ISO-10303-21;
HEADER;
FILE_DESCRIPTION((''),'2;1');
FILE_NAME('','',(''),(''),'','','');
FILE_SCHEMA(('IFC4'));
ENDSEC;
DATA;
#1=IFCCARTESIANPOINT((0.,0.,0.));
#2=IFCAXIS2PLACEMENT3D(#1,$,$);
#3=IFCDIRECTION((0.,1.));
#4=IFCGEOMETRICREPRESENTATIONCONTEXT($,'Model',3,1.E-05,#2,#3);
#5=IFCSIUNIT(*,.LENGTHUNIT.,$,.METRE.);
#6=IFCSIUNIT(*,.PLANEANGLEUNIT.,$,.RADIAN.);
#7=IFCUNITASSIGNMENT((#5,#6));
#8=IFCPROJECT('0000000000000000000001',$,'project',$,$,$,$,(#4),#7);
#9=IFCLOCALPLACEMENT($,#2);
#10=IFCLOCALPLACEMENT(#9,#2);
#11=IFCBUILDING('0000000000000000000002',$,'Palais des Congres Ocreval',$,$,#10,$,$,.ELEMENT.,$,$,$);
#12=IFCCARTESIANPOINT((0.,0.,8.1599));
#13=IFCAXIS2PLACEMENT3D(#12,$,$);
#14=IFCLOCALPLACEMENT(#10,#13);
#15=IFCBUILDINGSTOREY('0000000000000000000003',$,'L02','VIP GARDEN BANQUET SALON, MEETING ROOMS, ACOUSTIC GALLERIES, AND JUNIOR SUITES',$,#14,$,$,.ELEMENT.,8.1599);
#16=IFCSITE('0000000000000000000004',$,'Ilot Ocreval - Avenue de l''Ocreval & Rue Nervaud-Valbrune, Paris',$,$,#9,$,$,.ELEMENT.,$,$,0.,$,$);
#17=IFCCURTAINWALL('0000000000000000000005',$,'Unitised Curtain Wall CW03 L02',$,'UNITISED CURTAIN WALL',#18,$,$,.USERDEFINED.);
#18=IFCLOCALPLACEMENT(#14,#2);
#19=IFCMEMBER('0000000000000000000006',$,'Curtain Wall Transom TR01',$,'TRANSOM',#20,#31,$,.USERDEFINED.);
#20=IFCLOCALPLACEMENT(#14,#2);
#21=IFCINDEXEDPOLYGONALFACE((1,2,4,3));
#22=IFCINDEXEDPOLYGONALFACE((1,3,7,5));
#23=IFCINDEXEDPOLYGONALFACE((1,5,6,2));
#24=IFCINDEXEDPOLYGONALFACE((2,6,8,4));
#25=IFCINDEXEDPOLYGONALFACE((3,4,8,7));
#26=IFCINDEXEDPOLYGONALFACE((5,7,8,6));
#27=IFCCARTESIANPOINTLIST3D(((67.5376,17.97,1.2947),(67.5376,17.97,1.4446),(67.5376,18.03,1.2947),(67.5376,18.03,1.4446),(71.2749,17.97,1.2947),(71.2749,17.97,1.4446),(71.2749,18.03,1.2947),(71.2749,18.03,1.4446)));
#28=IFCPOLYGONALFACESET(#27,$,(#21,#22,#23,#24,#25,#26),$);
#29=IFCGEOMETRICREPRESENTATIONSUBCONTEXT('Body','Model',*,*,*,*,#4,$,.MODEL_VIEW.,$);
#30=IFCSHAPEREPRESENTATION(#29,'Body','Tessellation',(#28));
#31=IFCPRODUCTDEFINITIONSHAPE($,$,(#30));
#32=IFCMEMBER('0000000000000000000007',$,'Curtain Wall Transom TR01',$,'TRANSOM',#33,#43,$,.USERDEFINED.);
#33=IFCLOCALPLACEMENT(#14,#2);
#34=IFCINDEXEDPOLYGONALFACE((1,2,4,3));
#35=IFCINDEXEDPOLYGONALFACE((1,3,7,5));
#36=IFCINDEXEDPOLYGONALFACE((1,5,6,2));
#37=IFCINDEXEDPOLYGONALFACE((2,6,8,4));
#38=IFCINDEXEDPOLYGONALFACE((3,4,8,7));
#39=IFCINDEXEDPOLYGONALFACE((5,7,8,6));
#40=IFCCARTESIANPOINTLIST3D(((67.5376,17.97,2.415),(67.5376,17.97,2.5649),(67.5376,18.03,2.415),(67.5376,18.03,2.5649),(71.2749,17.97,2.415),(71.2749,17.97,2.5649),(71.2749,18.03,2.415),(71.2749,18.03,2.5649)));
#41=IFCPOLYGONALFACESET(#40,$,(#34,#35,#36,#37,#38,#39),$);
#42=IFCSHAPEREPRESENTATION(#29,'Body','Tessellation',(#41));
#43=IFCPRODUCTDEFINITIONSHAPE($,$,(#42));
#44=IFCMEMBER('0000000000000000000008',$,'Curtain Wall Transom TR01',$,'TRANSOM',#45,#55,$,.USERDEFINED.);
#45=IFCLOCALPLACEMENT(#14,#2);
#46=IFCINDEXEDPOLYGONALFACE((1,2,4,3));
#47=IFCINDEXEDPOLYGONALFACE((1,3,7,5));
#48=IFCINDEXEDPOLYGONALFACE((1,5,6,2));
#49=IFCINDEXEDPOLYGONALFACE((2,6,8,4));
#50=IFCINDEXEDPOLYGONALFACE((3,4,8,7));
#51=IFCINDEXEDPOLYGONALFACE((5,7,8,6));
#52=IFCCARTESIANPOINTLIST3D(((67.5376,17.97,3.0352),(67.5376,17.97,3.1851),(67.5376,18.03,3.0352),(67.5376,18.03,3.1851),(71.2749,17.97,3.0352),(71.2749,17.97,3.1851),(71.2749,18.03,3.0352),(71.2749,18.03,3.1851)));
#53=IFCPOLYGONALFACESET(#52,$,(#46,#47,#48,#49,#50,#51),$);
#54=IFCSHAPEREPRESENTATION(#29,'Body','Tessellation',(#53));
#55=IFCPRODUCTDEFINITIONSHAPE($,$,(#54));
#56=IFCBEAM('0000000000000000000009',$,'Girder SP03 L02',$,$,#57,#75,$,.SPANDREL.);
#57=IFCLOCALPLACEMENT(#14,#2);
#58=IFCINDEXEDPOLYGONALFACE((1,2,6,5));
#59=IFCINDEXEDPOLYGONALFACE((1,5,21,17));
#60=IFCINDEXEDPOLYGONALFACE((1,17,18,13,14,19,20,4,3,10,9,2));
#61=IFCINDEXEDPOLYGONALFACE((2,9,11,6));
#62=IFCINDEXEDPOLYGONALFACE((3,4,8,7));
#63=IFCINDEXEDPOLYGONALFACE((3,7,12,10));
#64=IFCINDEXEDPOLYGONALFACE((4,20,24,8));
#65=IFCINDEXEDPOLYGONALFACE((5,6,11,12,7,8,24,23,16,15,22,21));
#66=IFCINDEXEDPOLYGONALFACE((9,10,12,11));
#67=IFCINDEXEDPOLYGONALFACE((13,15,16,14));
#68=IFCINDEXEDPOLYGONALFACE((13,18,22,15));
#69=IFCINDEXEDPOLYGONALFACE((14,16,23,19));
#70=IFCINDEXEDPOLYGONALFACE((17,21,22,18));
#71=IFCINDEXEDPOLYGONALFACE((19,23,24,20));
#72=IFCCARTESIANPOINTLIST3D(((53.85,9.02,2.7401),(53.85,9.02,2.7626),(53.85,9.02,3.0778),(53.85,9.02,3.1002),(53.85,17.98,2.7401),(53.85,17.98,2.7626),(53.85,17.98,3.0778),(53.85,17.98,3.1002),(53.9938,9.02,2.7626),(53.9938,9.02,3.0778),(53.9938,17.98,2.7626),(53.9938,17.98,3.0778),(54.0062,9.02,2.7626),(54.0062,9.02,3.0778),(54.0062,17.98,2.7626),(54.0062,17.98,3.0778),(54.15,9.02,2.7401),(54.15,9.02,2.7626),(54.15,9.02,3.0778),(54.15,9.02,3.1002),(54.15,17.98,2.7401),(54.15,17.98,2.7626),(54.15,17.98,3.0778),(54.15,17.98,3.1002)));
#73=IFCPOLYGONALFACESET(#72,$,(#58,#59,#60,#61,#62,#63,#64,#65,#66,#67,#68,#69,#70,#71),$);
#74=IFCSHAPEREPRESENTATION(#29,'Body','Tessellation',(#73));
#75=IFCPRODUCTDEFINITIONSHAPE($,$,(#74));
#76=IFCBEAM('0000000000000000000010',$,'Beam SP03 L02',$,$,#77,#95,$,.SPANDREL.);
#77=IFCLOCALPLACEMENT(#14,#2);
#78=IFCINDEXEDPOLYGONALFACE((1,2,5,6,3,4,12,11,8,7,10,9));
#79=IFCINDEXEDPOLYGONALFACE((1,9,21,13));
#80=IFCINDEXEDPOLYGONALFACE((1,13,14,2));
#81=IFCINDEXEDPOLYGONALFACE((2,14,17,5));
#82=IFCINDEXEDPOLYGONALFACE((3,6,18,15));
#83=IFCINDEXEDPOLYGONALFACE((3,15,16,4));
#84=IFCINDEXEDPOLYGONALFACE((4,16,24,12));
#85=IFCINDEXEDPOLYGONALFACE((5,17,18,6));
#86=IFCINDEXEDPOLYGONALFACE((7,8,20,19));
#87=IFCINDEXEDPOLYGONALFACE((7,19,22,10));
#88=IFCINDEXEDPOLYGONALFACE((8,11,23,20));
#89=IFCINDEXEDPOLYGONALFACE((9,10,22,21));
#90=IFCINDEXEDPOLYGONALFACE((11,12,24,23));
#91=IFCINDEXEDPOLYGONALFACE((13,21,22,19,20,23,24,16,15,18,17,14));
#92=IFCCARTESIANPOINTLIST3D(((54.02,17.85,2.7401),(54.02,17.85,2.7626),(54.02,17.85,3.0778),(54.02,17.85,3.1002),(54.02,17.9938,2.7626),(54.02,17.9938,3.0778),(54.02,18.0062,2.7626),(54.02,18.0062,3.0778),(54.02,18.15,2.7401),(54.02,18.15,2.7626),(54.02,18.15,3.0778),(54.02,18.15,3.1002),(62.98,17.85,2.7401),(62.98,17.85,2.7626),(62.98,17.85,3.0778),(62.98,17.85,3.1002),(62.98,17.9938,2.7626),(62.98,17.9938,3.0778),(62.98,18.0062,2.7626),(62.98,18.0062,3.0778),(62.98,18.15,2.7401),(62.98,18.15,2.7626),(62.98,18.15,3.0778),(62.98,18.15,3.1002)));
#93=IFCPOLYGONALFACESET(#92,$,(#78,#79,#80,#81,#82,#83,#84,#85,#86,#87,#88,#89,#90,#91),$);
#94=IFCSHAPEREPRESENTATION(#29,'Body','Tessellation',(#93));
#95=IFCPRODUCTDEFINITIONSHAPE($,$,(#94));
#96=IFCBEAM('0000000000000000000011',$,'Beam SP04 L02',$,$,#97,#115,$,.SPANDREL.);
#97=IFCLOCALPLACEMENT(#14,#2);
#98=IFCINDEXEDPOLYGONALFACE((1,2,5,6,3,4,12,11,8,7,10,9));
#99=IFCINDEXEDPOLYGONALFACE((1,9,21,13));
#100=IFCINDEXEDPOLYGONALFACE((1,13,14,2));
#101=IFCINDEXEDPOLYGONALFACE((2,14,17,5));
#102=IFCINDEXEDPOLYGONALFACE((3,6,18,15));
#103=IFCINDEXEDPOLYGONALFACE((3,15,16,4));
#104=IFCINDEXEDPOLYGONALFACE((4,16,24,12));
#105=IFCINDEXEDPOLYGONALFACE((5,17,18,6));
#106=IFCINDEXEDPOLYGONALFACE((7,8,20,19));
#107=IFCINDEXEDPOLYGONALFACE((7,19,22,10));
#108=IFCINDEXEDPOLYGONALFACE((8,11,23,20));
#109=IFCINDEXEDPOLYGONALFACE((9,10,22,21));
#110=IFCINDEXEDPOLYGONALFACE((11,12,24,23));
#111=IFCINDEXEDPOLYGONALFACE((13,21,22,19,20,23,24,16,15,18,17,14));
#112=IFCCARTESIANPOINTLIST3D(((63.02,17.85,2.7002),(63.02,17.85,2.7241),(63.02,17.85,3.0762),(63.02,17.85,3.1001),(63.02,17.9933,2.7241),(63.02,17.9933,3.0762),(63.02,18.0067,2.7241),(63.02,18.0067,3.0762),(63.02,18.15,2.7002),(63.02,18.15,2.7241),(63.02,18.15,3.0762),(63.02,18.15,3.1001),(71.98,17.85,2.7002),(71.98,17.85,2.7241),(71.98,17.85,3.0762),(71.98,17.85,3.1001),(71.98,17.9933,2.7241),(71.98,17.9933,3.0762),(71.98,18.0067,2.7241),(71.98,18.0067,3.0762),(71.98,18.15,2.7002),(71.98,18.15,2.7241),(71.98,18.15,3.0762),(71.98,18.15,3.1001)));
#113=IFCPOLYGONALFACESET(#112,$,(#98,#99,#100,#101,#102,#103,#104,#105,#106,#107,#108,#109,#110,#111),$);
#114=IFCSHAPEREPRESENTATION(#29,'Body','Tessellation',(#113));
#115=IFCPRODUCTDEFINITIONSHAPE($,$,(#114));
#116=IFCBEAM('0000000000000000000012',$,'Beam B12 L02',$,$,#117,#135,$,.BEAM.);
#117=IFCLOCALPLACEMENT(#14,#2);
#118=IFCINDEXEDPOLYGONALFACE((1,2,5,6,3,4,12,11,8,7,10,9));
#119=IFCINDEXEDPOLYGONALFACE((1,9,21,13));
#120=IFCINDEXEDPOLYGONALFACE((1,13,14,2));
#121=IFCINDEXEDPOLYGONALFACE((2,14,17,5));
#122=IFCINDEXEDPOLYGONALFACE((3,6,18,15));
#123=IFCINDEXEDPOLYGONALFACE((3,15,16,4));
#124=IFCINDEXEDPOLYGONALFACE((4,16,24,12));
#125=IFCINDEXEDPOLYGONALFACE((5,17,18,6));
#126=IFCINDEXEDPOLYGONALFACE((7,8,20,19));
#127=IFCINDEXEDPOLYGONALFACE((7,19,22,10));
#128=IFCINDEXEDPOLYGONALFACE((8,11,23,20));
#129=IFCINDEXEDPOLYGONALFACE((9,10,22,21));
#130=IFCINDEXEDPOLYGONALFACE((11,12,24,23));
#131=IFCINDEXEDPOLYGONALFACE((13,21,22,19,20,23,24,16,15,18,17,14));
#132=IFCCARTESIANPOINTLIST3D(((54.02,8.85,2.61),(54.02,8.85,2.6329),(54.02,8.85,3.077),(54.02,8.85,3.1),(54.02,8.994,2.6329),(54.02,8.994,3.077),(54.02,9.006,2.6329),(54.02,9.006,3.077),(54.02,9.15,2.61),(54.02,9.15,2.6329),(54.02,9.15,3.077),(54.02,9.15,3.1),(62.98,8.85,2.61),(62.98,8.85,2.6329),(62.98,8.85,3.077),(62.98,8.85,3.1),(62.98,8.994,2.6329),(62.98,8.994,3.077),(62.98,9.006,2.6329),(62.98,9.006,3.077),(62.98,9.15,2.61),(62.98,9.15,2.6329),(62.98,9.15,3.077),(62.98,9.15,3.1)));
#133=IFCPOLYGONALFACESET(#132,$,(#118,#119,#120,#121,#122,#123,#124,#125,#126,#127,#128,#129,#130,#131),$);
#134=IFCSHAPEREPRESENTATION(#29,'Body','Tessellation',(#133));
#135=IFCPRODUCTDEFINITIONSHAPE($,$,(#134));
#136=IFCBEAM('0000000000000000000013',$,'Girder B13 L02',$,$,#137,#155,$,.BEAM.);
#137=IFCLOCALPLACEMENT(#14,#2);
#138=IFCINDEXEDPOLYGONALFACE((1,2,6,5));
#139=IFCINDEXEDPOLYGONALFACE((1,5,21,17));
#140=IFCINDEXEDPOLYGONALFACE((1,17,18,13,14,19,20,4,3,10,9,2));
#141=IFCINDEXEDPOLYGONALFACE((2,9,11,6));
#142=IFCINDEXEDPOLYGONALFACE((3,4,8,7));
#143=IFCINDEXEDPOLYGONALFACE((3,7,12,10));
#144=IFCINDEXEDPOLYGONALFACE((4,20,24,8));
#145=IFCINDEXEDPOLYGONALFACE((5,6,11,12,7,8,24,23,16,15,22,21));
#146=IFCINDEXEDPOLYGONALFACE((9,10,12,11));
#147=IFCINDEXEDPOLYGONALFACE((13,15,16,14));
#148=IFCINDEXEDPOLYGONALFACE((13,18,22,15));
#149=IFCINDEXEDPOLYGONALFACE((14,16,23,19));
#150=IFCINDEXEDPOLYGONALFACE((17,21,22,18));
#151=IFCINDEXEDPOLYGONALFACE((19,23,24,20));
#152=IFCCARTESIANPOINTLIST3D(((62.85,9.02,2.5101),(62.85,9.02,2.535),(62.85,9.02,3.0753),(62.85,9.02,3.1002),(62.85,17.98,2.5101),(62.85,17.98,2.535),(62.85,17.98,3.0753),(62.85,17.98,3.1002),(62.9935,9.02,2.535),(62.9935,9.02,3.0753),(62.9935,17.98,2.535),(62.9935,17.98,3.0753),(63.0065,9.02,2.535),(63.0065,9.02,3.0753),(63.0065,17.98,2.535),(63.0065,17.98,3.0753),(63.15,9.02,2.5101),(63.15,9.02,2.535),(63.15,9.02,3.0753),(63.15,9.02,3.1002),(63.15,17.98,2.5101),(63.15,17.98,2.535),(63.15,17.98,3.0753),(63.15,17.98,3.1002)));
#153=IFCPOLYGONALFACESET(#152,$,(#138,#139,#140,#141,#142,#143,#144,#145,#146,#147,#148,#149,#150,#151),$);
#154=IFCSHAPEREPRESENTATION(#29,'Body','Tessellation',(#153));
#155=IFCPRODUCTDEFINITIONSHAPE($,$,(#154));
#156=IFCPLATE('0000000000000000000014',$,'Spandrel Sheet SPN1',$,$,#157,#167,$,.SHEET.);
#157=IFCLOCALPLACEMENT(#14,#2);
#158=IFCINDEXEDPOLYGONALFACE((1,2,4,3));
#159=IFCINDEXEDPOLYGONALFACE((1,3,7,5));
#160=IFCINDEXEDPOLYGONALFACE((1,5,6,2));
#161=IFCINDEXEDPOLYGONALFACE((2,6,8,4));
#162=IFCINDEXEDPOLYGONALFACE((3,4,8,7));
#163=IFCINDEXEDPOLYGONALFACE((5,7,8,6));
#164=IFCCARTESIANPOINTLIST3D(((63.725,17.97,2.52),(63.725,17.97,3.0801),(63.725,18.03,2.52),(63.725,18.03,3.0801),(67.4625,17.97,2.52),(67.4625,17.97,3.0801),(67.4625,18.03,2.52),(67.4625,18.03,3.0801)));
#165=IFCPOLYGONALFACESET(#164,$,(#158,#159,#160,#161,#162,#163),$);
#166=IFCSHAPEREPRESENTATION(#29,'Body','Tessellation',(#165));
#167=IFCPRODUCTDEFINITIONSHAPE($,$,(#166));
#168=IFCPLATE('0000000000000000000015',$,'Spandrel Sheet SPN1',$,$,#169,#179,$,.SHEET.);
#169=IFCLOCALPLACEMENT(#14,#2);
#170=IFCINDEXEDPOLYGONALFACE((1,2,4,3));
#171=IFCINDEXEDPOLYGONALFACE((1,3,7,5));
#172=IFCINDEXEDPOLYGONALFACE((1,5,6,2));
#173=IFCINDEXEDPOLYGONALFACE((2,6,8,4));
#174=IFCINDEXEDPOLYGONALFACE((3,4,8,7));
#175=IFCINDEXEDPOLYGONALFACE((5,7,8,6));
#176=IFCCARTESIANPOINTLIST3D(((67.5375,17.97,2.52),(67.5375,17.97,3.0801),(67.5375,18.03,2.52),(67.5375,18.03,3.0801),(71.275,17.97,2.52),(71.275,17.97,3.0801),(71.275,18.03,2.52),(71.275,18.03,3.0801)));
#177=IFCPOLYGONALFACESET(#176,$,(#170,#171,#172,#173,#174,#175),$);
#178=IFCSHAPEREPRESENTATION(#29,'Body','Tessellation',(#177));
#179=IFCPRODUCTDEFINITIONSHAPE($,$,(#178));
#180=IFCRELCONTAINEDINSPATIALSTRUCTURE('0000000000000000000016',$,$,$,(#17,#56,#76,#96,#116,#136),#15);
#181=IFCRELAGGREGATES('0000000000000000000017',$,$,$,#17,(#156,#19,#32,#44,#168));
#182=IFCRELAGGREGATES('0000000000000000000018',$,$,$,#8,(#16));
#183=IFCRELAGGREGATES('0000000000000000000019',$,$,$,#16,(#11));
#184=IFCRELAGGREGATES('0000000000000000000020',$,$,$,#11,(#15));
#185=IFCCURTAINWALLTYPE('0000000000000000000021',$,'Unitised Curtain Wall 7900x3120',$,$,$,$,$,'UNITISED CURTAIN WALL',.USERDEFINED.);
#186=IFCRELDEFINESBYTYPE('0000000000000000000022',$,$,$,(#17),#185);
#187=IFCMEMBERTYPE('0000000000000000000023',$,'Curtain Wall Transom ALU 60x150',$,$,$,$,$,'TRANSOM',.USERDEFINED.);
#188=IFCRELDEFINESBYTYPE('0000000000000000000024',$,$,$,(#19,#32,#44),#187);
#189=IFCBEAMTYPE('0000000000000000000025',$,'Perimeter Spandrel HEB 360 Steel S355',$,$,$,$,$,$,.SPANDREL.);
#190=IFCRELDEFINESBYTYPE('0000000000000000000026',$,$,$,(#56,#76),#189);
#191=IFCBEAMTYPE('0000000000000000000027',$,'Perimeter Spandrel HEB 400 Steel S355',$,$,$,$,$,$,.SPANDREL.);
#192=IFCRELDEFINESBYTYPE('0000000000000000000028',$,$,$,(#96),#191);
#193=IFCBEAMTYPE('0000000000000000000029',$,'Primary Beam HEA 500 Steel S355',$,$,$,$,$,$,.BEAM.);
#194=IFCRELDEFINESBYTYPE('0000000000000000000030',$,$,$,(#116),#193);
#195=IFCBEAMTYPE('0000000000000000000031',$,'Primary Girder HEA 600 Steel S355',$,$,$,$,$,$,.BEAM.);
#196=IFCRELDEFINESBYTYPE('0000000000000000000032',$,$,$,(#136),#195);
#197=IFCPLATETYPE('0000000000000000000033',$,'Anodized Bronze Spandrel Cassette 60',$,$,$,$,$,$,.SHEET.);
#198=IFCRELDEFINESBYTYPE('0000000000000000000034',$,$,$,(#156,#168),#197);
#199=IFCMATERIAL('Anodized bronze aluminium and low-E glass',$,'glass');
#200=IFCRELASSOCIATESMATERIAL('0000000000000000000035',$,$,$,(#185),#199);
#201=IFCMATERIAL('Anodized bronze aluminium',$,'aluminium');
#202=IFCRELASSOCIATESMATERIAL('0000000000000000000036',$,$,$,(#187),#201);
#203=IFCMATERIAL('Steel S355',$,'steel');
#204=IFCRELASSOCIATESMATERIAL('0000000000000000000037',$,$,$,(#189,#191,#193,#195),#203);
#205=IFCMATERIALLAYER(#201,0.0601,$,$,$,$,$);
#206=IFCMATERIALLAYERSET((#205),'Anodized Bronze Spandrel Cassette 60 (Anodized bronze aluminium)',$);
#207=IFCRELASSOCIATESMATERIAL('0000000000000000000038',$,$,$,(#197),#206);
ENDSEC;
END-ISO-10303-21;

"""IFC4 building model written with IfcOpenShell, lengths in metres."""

from ifc_helpers import new_model, si_unit, direction, frame, origin, origin_2d, place, context, subcontext, project, spatial, rectangle, i_section, extrude, material, layer, layer_set, material_profile, profile_set, type_object, element, aggregate, save


model = new_model("IFC4")

# Units and contexts
model_context = context("Model", 3, precision=1e-05, world=origin(), true_north=direction((0.0, 1.0)))
body_context = subcontext(model_context, "Body", "Model", "MODEL_VIEW")
ifc_project = project(units=[si_unit("LENGTHUNIT", "METRE"), si_unit("PLANEANGLEUNIT", "RADIAN")], contexts=[model_context])

# Site, building, storey
site_placement = place(None, origin())
site = spatial("IfcSite", under=ifc_project, at=site_placement, Name="Ilot Ocreval - Avenue de l'Ocreval & Rue Nervaud-Valbrune, Paris", CompositionType="ELEMENT", RefElevation=0.0)
building_placement = place(site_placement, origin())
building = spatial("IfcBuilding", under=site, at=building_placement, Name="Palais des Congres Ocreval", CompositionType="ELEMENT")
storey_placement = place(building_placement, frame((0.0, 0.0, 8.1599)))
storey = spatial("IfcBuildingStorey", under=building, at=storey_placement, Name="L02", Description="VIP GARDEN BANQUET SALON, MEETING ROOMS, ACOUSTIC GALLERIES, AND JUNIOR SUITES", CompositionType="ELEMENT", Elevation=8.1599)

# Shared definitions
ifc_material_1 = material(Name="Steel S355", Category="steel")

# Curtain wall, members
ifc_material_2 = material(Name="Anodized bronze aluminium and low-E glass", Category="glass")
curtain_wall_type = type_object("IfcCurtainWallType", Name="Unitised Curtain Wall 7900x3120", ElementType="UNITISED CURTAIN WALL", PredefinedType="USERDEFINED", material=ifc_material_2)
curtain_wall_placement = place(storey_placement, origin())
curtain_wall = element("IfcCurtainWall", 1, at=curtain_wall_placement, inside=storey, type_object=curtain_wall_type, Name="Unitised Curtain Wall CW03 L02", ObjectType="UNITISED CURTAIN WALL", PredefinedType="USERDEFINED")
ifc_material_3 = material(Name="Anodized bronze aluminium", Category="aluminium")
ifc_material_profile_1 = material_profile(ifc_material_3, rectangle(XDim=0.0601, YDim=0.1499, at=origin_2d()), Name="ALU 60x150")
ifc_profile_set_1 = profile_set([ifc_material_profile_1], Name="Anodized bronze aluminium")
member_type_1 = type_object("IfcMemberType", Name="Curtain Wall Transom ALU 60x150", ElementType="TRANSOM", PredefinedType="USERDEFINED", material=ifc_profile_set_1)
member_1_placement = place(storey_placement, frame((67.5376, 18.0, 1.3696), z_axis=(1.0, 0.0, 0.0), x_axis=(0.0, 1.0, 0.0)))
member_1 = element("IfcMember", 2, at=member_1_placement, type_object=member_type_1, Name="Curtain Wall Transom TR01", ObjectType="TRANSOM", PredefinedType="USERDEFINED", context=body_context, shape_type="SweptSolid", body=[
    extrude(rectangle(XDim=0.0601, YDim=0.1499, at=origin_2d()), origin(), (0.0, 0.0, 1.0), 3.7373),
])
member_2_placement = place(storey_placement, frame((67.5376, 18.0, 2.49), z_axis=(1.0, 0.0, 0.0), x_axis=(0.0, 1.0, 0.0)))
member_2 = element("IfcMember", 3, at=member_2_placement, type_object=member_type_1, Name="Curtain Wall Transom TR01", ObjectType="TRANSOM", PredefinedType="USERDEFINED", context=body_context, shape_type="SweptSolid", body=[
    extrude(rectangle(XDim=0.0601, YDim=0.1499, at=origin_2d()), origin(), (0.0, 0.0, 1.0), 3.7373),
])
member_3_placement = place(storey_placement, frame((67.5376, 18.0, 3.1101), z_axis=(1.0, 0.0, 0.0), x_axis=(0.0, 1.0, 0.0)))
member_3 = element("IfcMember", 4, at=member_3_placement, type_object=member_type_1, Name="Curtain Wall Transom TR01", ObjectType="TRANSOM", PredefinedType="USERDEFINED", context=body_context, shape_type="SweptSolid", body=[
    extrude(rectangle(XDim=0.0601, YDim=0.1499, at=origin_2d()), origin(), (0.0, 0.0, 1.0), 3.7373),
])

# Beams
ifc_material_profile_2 = material_profile(ifc_material_1, i_section(OverallWidth=0.3, OverallDepth=0.3601, WebThickness=0.0125, FlangeThickness=0.0225, at=origin_2d()), Name="HEB 360")
ifc_profile_set_2 = profile_set([ifc_material_profile_2], Name="Steel S355")
beam_type_1 = type_object("IfcBeamType", Name="Perimeter Spandrel HEB 360 Steel S355", PredefinedType="SPANDREL", material=ifc_profile_set_2)
for number, where, z_axis, x_axis, name in (
    (5, (54.0, 9.02, 2.9202), (0.0, 1.0, 0.0), (-1.0, 0.0, 0.0), "Girder SP03 L02"),
    (6, (54.02, 18.0, 2.9202), (1.0, 0.0, 0.0), (0.0, 1.0, 0.0), "Beam SP03 L02"),
):
    element("IfcBeam", number, at=place(storey_placement, frame(where, z_axis=z_axis, x_axis=x_axis)), inside=storey, type_object=beam_type_1, Name=name, PredefinedType="SPANDREL", context=body_context, shape_type="SweptSolid", body=[
        extrude(i_section(OverallWidth=0.3, OverallDepth=0.3601, WebThickness=0.0125, FlangeThickness=0.0225, at=origin_2d()), origin(), (0.0, 0.0, 1.0), 8.96),
    ])
ifc_material_profile_3 = material_profile(ifc_material_1, i_section(OverallWidth=0.3, OverallDepth=0.3999, WebThickness=0.0134, FlangeThickness=0.0239, at=origin_2d()), Name="HEB 400")
ifc_profile_set_3 = profile_set([ifc_material_profile_3], Name="Steel S355")
beam_type_2 = type_object("IfcBeamType", Name="Perimeter Spandrel HEB 400 Steel S355", PredefinedType="SPANDREL", material=ifc_profile_set_3)
beam_1_placement = place(storey_placement, frame((63.02, 18.0, 2.9001), z_axis=(1.0, 0.0, 0.0), x_axis=(0.0, 1.0, 0.0)))
element("IfcBeam", 7, at=beam_1_placement, inside=storey, type_object=beam_type_2, Name="Beam SP04 L02", PredefinedType="SPANDREL", context=body_context, shape_type="SweptSolid", body=[
    extrude(i_section(OverallWidth=0.3, OverallDepth=0.3999, WebThickness=0.0134, FlangeThickness=0.0239, at=origin_2d()), origin(), (0.0, 0.0, 1.0), 8.96),
])
ifc_material_profile_4 = material_profile(ifc_material_1, i_section(OverallWidth=0.3, OverallDepth=0.49, WebThickness=0.012, FlangeThickness=0.0229, at=origin_2d()), Name="HEA 500")
ifc_profile_set_4 = profile_set([ifc_material_profile_4], Name="Steel S355")
beam_type_3 = type_object("IfcBeamType", Name="Primary Beam HEA 500 Steel S355", PredefinedType="BEAM", material=ifc_profile_set_4)
beam_2_placement = place(storey_placement, frame((54.02, 9.0, 2.855), z_axis=(1.0, 0.0, 0.0), x_axis=(0.0, 1.0, 0.0)))
element("IfcBeam", 8, at=beam_2_placement, inside=storey, type_object=beam_type_3, Name="Beam B12 L02", PredefinedType="BEAM", context=body_context, shape_type="SweptSolid", body=[
    extrude(i_section(OverallWidth=0.3, OverallDepth=0.49, WebThickness=0.012, FlangeThickness=0.0229, at=origin_2d()), origin(), (0.0, 0.0, 1.0), 8.96),
])
ifc_material_profile_5 = material_profile(ifc_material_1, i_section(OverallWidth=0.3, OverallDepth=0.5901, WebThickness=0.0129, FlangeThickness=0.0249, at=origin_2d()), Name="HEA 600")
ifc_profile_set_5 = profile_set([ifc_material_profile_5], Name="Steel S355")
beam_type_4 = type_object("IfcBeamType", Name="Primary Girder HEA 600 Steel S355", PredefinedType="BEAM", material=ifc_profile_set_5)
beam_3_placement = place(storey_placement, frame((63.0, 9.02, 2.8052), z_axis=(0.0, 1.0, 0.0), x_axis=(-1.0, 0.0, 0.0)))
element("IfcBeam", 9, at=beam_3_placement, inside=storey, type_object=beam_type_4, Name="Girder B13 L02", PredefinedType="BEAM", context=body_context, shape_type="SweptSolid", body=[
    extrude(i_section(OverallWidth=0.3, OverallDepth=0.5901, WebThickness=0.0129, FlangeThickness=0.0249, at=origin_2d()), origin(), (0.0, 0.0, 1.0), 8.96),
])

# Plates
ifc_layer_1 = layer(ifc_material_3, 0.0601)
ifc_layer_set_1 = layer_set([ifc_layer_1], Name="Anodized Bronze Spandrel Cassette 60 (Anodized bronze aluminium)")
plate_type_1 = type_object("IfcPlateType", Name="Anodized Bronze Spandrel Cassette 60", PredefinedType="SHEET", material=ifc_layer_set_1)
plate_1_placement = place(storey_placement, frame((65.5938, 18.0, 2.52), z_axis=(0.0, 0.0, 1.0), x_axis=(1.0, 0.0, 0.0)))
plate_1 = element("IfcPlate", 10, at=plate_1_placement, type_object=plate_type_1, Name="Spandrel Sheet SPN1", PredefinedType="SHEET", context=body_context, shape_type="SweptSolid", body=[
    extrude(rectangle(XDim=3.7375, YDim=0.0601, at=origin_2d()), origin(), (0.0, 0.0, 1.0), 0.5601),
])
plate_2_placement = place(storey_placement, frame((69.4062, 18.0, 2.52), z_axis=(0.0, 0.0, 1.0), x_axis=(1.0, 0.0, 0.0)))
plate_2 = element("IfcPlate", 11, at=plate_2_placement, type_object=plate_type_1, Name="Spandrel Sheet SPN1", PredefinedType="SHEET", context=body_context, shape_type="SweptSolid", body=[
    extrude(rectangle(XDim=3.7375, YDim=0.0601, at=origin_2d()), origin(), (0.0, 0.0, 1.0), 0.5601),
])
aggregate(curtain_wall, [plate_1, member_1, member_2, member_3, plate_2])

save(model, "model.ifc")
